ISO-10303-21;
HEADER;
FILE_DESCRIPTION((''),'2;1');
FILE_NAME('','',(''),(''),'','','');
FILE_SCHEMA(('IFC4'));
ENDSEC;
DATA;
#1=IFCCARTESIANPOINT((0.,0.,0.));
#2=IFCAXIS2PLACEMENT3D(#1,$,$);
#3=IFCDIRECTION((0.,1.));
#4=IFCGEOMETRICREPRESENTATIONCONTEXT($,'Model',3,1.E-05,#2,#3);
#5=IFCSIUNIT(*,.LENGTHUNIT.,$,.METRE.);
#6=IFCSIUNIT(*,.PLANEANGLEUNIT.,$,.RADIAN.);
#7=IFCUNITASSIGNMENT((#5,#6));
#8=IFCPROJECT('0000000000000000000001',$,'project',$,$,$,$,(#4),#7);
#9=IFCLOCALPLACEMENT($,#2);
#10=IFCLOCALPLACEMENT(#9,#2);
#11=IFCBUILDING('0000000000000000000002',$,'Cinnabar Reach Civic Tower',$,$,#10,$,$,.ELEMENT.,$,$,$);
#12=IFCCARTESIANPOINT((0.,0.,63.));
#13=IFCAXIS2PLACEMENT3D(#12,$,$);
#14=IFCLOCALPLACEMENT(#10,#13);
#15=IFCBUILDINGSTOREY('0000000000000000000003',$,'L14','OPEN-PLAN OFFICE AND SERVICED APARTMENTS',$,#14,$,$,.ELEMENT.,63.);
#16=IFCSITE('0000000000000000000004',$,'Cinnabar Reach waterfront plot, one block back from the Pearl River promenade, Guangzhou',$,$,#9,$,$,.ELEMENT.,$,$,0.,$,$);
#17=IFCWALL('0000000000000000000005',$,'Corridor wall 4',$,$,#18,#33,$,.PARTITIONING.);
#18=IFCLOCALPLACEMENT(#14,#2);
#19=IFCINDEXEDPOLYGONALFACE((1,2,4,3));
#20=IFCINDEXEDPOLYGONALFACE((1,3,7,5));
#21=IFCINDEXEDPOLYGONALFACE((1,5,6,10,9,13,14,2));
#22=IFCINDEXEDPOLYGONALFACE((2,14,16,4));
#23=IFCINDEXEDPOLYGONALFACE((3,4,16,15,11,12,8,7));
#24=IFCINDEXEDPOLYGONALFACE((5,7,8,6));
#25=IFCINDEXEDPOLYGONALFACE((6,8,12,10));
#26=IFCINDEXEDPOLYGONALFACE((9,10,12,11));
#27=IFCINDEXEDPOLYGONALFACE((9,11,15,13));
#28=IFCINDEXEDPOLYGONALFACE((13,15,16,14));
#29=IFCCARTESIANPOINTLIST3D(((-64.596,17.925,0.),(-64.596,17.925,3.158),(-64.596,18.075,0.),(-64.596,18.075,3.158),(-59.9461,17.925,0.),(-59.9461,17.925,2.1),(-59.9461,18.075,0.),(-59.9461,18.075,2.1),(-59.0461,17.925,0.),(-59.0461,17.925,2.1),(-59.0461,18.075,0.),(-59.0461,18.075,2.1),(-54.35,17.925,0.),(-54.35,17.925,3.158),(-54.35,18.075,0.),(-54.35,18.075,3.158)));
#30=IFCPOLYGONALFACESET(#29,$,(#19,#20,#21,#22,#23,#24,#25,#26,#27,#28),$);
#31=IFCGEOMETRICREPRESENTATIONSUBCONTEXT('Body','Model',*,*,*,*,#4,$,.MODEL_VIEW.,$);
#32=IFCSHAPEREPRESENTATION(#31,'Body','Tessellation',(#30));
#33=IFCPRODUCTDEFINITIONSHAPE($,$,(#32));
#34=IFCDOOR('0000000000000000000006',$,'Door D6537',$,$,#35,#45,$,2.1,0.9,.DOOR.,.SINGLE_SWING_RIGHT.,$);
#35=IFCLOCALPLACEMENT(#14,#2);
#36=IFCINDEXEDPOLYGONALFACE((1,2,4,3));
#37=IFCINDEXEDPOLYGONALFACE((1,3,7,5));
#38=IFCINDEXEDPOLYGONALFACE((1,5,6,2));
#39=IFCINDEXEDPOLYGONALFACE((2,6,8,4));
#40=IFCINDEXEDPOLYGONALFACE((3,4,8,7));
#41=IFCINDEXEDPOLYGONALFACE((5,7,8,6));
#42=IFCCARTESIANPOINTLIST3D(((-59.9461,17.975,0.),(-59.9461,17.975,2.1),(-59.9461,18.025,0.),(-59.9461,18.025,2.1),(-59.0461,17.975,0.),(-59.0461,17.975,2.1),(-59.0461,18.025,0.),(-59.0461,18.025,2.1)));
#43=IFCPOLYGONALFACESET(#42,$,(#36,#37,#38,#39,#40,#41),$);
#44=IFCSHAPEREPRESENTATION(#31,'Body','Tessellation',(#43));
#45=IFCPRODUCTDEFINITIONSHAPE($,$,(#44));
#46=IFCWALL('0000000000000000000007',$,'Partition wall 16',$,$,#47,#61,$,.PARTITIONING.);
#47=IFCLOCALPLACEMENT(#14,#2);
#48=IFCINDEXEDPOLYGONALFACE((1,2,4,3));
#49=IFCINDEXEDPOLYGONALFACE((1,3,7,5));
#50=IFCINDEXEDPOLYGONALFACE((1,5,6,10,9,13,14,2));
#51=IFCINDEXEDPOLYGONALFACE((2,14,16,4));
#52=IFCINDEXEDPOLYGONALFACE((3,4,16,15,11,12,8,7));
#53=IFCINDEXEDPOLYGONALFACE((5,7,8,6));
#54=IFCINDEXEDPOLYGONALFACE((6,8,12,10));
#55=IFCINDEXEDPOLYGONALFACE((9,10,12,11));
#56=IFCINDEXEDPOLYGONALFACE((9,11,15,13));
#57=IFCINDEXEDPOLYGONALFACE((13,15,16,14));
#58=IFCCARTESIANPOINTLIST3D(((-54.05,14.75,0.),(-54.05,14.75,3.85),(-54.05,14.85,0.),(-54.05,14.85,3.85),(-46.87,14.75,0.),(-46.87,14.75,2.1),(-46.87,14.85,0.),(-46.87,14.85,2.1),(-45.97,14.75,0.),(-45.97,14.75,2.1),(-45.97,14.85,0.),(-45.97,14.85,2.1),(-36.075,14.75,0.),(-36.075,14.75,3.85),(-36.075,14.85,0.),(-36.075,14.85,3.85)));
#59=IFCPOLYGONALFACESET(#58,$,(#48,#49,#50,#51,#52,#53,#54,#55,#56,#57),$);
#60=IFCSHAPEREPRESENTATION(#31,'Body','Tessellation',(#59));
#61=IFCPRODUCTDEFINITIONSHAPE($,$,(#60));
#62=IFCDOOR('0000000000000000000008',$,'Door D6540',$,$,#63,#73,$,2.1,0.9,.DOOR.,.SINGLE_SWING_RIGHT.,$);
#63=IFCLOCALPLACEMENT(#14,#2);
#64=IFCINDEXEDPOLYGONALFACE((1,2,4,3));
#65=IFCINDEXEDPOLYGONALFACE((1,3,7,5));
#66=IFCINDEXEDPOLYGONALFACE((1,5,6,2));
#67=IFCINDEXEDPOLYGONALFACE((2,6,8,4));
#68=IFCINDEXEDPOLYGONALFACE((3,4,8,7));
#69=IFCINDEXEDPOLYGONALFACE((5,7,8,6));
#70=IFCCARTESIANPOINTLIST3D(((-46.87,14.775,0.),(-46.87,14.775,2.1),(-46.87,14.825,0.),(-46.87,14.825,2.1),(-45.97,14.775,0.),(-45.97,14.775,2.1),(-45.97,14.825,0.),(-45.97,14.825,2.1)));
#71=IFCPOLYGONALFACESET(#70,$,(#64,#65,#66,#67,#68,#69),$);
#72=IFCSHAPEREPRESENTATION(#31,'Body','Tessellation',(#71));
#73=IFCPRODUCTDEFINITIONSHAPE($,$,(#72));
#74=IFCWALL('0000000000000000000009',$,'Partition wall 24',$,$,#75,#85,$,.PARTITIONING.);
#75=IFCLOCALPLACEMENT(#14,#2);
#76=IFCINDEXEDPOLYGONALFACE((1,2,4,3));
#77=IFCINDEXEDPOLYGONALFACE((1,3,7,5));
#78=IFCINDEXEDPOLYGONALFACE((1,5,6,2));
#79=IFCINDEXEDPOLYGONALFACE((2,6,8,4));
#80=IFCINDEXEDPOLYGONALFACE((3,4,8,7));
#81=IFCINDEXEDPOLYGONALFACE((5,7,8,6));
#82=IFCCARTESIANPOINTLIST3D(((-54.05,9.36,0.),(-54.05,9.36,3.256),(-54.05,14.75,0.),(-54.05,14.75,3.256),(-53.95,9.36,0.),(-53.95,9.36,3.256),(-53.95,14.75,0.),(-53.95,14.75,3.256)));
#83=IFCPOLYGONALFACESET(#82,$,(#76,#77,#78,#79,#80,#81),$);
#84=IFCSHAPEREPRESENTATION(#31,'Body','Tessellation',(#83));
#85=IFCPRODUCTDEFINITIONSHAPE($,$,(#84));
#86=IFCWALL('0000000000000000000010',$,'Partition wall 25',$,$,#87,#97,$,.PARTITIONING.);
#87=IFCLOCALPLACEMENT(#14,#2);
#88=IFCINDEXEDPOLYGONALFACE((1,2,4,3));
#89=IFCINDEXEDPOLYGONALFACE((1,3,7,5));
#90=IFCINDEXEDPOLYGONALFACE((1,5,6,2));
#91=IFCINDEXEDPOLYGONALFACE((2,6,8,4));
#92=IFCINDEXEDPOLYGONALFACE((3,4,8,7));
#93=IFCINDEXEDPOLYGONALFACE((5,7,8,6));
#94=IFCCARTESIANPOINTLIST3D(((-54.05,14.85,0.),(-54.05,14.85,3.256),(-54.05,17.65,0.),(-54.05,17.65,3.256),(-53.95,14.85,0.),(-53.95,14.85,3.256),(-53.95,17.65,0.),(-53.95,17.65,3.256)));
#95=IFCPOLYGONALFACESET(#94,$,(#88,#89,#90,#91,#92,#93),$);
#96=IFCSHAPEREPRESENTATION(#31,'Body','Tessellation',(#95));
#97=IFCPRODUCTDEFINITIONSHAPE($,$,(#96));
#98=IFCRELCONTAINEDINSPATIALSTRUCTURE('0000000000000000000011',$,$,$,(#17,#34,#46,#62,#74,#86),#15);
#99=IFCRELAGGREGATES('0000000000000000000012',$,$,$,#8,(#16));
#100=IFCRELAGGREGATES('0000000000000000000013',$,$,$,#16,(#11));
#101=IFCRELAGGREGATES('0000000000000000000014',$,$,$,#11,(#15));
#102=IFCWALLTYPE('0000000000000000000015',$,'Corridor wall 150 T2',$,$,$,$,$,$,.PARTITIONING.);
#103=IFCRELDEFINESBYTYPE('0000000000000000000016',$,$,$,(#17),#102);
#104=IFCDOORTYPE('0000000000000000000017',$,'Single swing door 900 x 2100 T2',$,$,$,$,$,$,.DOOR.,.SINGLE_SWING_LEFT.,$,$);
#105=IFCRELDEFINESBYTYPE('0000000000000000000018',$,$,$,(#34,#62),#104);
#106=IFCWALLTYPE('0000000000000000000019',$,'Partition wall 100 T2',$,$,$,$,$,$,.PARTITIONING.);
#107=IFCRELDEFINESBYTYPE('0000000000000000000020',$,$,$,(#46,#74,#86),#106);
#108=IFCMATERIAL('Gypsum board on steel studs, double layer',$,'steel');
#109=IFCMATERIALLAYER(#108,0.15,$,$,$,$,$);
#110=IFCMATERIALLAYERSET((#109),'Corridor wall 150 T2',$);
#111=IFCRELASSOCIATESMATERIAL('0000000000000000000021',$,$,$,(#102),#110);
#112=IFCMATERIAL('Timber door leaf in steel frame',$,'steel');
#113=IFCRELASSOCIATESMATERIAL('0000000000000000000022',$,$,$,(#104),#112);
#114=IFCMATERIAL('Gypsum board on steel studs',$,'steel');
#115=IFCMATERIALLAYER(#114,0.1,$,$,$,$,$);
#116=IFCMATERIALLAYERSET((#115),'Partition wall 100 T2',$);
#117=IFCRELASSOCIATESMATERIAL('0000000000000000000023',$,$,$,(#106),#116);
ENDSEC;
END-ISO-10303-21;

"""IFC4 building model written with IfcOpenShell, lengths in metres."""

from ifc_helpers import new_model, si_unit, direction, frame, frame_2d, origin, place, context, subcontext, project, spatial, rectangle, extrude, material, layer, layer_set, type_object, element, fill, save


model = new_model("IFC4")

# Units and contexts
model_context = context("Model", 3, precision=1e-05, world=origin(), true_north=direction((0.0, 1.0)))
body_context = subcontext(model_context, "Body", "Model", "MODEL_VIEW")
ifc_project = project(units=[si_unit("LENGTHUNIT", "METRE"), si_unit("PLANEANGLEUNIT", "RADIAN")], contexts=[model_context])

# Site, building, storey
site_placement = place(None, origin())
site = spatial("IfcSite", under=ifc_project, at=site_placement, Name="Cinnabar Reach waterfront plot, one block back from the Pearl River promenade, Guangzhou", CompositionType="ELEMENT", RefElevation=0.0)
building_placement = place(site_placement, origin())
building = spatial("IfcBuilding", under=site, at=building_placement, Name="Cinnabar Reach Civic Tower", CompositionType="ELEMENT")
storey_placement = place(building_placement, frame((0.0, 0.0, 63.0)))
storey = spatial("IfcBuildingStorey", under=building, at=storey_placement, Name="L14", Description="OPEN-PLAN OFFICE AND SERVICED APARTMENTS", CompositionType="ELEMENT", Elevation=63.0)

# Walls, openings, doors
ifc_material_1 = material(Name="Gypsum board on steel studs, double layer", Category="steel")
ifc_layer_1 = layer(ifc_material_1, 0.15)
ifc_layer_set_1 = layer_set([ifc_layer_1], Name="Corridor wall 150 T2")
wall_type_1 = type_object("IfcWallType", Name="Corridor wall 150 T2", PredefinedType="PARTITIONING", material=ifc_layer_set_1)
wall_1_placement = place(storey_placement, frame((-64.5961, 18.0, 0.0), z_axis=(0.0, 0.0, 1.0), x_axis=(1.0, 0.0, 0.0)))
wall_1 = element("IfcWall", 1, at=wall_1_placement, inside=storey, type_object=wall_type_1, Name="Corridor wall 4", PredefinedType="PARTITIONING", context=body_context, shape_type="SweptSolid", body=[
    extrude(rectangle(XDim=10.2461, YDim=0.15, at=frame_2d((5.1231, 0.0))), origin(), (0.0, 0.0, 1.0), 3.158),
])
opening_1_placement = place(wall_1_placement, frame((4.65, 0.0, 0.0)))
opening_1 = element("IfcOpeningElement", 2, at=opening_1_placement, cuts=wall_1, PredefinedType="OPENING", context=body_context, shape_type="SweptSolid", body=[
    extrude(rectangle(XDim=0.9, YDim=2.1, at=frame_2d((0.45, 1.05))), frame((0.0, 0.085, 0.0), z_axis=(0.0, -1.0, 0.0), x_axis=(1.0, 0.0, 0.0)), (0.0, 0.0, 1.0), 0.17),
])
ifc_material_2 = material(Name="Timber door leaf in steel frame", Category="steel")
door_type = type_object("IfcDoorType", Name="Single swing door 900 x 2100 T2", OperationType="SINGLE_SWING_LEFT", PredefinedType="DOOR", material=ifc_material_2)
door_1_placement = place(opening_1_placement, frame((0.9, 0.0, 0.0), z_axis=(0.0, 0.0, 1.0), x_axis=(-1.0, 0.0, 0.0)))
door_1 = element("IfcDoor", 3, at=door_1_placement, inside=storey, type_object=door_type, Name="Door D6537", OperationType="SINGLE_SWING_RIGHT", OverallHeight=2.1, OverallWidth=0.9, PredefinedType="DOOR", context=body_context, shape_type="SweptSolid", body=[
    extrude(rectangle(XDim=0.9, YDim=2.1, at=frame_2d((0.45, 1.05))), frame((0.0, 0.025, 0.0), z_axis=(0.0, -1.0, 0.0), x_axis=(1.0, 0.0, 0.0)), (0.0, 0.0, 1.0), 0.05),
])
fill(opening_1, door_1)
ifc_material_3 = material(Name="Gypsum board on steel studs", Category="steel")
ifc_layer_2 = layer(ifc_material_3, 0.1)
ifc_layer_set_2 = layer_set([ifc_layer_2], Name="Partition wall 100 T2")
wall_type_2 = type_object("IfcWallType", Name="Partition wall 100 T2", PredefinedType="PARTITIONING", material=ifc_layer_set_2)
wall_2_placement = place(storey_placement, frame((-54.05, 14.8, 0.0), z_axis=(0.0, 0.0, 1.0), x_axis=(1.0, 0.0, 0.0)))
wall_2 = element("IfcWall", 4, at=wall_2_placement, inside=storey, type_object=wall_type_2, Name="Partition wall 16", PredefinedType="PARTITIONING", context=body_context, shape_type="SweptSolid", body=[
    extrude(rectangle(XDim=17.975, YDim=0.1, at=frame_2d((8.9875, 0.0))), origin(), (0.0, 0.0, 1.0), 3.85),
])
opening_2_placement = place(wall_2_placement, frame((7.18, 0.0, 0.0)))
opening_2 = element("IfcOpeningElement", 5, at=opening_2_placement, cuts=wall_2, PredefinedType="OPENING", context=body_context, shape_type="SweptSolid", body=[
    extrude(rectangle(XDim=0.9, YDim=2.1, at=frame_2d((0.45, 1.05))), frame((0.0, 0.06, 0.0), z_axis=(0.0, -1.0, 0.0), x_axis=(1.0, 0.0, 0.0)), (0.0, 0.0, 1.0), 0.12),
])
door_2_placement = place(opening_2_placement, origin())
door_2 = element("IfcDoor", 6, at=door_2_placement, inside=storey, type_object=door_type, Name="Door D6540", OperationType="SINGLE_SWING_RIGHT", OverallHeight=2.1, OverallWidth=0.9, PredefinedType="DOOR", context=body_context, shape_type="SweptSolid", body=[
    extrude(rectangle(XDim=0.9, YDim=2.1, at=frame_2d((0.45, 1.05))), frame((0.0, 0.025, 0.0), z_axis=(0.0, -1.0, 0.0), x_axis=(1.0, 0.0, 0.0)), (0.0, 0.0, 1.0), 0.05),
])
fill(opening_2, door_2)

# Walls
wall_3_placement = place(storey_placement, frame((-54.0, 9.36, 0.0), z_axis=(0.0, 0.0, 1.0), x_axis=(0.0, 1.0, 0.0)))
element("IfcWall", 7, at=wall_3_placement, inside=storey, type_object=wall_type_2, Name="Partition wall 24", PredefinedType="PARTITIONING", context=body_context, shape_type="SweptSolid", body=[
    extrude(rectangle(XDim=5.39, YDim=0.1, at=frame_2d((2.695, 0.0))), origin(), (0.0, 0.0, 1.0), 3.256),
])
wall_4_placement = place(storey_placement, frame((-54.0, 14.85, 0.0), z_axis=(0.0, 0.0, 1.0), x_axis=(0.0, 1.0, 0.0)))
element("IfcWall", 8, at=wall_4_placement, inside=storey, type_object=wall_type_2, Name="Partition wall 25", PredefinedType="PARTITIONING", context=body_context, shape_type="SweptSolid", body=[
    extrude(rectangle(XDim=2.8, YDim=0.1, at=frame_2d((1.4, 0.0))), origin(), (0.0, 0.0, 1.0), 3.256),
])

save(model, "model.ifc")
